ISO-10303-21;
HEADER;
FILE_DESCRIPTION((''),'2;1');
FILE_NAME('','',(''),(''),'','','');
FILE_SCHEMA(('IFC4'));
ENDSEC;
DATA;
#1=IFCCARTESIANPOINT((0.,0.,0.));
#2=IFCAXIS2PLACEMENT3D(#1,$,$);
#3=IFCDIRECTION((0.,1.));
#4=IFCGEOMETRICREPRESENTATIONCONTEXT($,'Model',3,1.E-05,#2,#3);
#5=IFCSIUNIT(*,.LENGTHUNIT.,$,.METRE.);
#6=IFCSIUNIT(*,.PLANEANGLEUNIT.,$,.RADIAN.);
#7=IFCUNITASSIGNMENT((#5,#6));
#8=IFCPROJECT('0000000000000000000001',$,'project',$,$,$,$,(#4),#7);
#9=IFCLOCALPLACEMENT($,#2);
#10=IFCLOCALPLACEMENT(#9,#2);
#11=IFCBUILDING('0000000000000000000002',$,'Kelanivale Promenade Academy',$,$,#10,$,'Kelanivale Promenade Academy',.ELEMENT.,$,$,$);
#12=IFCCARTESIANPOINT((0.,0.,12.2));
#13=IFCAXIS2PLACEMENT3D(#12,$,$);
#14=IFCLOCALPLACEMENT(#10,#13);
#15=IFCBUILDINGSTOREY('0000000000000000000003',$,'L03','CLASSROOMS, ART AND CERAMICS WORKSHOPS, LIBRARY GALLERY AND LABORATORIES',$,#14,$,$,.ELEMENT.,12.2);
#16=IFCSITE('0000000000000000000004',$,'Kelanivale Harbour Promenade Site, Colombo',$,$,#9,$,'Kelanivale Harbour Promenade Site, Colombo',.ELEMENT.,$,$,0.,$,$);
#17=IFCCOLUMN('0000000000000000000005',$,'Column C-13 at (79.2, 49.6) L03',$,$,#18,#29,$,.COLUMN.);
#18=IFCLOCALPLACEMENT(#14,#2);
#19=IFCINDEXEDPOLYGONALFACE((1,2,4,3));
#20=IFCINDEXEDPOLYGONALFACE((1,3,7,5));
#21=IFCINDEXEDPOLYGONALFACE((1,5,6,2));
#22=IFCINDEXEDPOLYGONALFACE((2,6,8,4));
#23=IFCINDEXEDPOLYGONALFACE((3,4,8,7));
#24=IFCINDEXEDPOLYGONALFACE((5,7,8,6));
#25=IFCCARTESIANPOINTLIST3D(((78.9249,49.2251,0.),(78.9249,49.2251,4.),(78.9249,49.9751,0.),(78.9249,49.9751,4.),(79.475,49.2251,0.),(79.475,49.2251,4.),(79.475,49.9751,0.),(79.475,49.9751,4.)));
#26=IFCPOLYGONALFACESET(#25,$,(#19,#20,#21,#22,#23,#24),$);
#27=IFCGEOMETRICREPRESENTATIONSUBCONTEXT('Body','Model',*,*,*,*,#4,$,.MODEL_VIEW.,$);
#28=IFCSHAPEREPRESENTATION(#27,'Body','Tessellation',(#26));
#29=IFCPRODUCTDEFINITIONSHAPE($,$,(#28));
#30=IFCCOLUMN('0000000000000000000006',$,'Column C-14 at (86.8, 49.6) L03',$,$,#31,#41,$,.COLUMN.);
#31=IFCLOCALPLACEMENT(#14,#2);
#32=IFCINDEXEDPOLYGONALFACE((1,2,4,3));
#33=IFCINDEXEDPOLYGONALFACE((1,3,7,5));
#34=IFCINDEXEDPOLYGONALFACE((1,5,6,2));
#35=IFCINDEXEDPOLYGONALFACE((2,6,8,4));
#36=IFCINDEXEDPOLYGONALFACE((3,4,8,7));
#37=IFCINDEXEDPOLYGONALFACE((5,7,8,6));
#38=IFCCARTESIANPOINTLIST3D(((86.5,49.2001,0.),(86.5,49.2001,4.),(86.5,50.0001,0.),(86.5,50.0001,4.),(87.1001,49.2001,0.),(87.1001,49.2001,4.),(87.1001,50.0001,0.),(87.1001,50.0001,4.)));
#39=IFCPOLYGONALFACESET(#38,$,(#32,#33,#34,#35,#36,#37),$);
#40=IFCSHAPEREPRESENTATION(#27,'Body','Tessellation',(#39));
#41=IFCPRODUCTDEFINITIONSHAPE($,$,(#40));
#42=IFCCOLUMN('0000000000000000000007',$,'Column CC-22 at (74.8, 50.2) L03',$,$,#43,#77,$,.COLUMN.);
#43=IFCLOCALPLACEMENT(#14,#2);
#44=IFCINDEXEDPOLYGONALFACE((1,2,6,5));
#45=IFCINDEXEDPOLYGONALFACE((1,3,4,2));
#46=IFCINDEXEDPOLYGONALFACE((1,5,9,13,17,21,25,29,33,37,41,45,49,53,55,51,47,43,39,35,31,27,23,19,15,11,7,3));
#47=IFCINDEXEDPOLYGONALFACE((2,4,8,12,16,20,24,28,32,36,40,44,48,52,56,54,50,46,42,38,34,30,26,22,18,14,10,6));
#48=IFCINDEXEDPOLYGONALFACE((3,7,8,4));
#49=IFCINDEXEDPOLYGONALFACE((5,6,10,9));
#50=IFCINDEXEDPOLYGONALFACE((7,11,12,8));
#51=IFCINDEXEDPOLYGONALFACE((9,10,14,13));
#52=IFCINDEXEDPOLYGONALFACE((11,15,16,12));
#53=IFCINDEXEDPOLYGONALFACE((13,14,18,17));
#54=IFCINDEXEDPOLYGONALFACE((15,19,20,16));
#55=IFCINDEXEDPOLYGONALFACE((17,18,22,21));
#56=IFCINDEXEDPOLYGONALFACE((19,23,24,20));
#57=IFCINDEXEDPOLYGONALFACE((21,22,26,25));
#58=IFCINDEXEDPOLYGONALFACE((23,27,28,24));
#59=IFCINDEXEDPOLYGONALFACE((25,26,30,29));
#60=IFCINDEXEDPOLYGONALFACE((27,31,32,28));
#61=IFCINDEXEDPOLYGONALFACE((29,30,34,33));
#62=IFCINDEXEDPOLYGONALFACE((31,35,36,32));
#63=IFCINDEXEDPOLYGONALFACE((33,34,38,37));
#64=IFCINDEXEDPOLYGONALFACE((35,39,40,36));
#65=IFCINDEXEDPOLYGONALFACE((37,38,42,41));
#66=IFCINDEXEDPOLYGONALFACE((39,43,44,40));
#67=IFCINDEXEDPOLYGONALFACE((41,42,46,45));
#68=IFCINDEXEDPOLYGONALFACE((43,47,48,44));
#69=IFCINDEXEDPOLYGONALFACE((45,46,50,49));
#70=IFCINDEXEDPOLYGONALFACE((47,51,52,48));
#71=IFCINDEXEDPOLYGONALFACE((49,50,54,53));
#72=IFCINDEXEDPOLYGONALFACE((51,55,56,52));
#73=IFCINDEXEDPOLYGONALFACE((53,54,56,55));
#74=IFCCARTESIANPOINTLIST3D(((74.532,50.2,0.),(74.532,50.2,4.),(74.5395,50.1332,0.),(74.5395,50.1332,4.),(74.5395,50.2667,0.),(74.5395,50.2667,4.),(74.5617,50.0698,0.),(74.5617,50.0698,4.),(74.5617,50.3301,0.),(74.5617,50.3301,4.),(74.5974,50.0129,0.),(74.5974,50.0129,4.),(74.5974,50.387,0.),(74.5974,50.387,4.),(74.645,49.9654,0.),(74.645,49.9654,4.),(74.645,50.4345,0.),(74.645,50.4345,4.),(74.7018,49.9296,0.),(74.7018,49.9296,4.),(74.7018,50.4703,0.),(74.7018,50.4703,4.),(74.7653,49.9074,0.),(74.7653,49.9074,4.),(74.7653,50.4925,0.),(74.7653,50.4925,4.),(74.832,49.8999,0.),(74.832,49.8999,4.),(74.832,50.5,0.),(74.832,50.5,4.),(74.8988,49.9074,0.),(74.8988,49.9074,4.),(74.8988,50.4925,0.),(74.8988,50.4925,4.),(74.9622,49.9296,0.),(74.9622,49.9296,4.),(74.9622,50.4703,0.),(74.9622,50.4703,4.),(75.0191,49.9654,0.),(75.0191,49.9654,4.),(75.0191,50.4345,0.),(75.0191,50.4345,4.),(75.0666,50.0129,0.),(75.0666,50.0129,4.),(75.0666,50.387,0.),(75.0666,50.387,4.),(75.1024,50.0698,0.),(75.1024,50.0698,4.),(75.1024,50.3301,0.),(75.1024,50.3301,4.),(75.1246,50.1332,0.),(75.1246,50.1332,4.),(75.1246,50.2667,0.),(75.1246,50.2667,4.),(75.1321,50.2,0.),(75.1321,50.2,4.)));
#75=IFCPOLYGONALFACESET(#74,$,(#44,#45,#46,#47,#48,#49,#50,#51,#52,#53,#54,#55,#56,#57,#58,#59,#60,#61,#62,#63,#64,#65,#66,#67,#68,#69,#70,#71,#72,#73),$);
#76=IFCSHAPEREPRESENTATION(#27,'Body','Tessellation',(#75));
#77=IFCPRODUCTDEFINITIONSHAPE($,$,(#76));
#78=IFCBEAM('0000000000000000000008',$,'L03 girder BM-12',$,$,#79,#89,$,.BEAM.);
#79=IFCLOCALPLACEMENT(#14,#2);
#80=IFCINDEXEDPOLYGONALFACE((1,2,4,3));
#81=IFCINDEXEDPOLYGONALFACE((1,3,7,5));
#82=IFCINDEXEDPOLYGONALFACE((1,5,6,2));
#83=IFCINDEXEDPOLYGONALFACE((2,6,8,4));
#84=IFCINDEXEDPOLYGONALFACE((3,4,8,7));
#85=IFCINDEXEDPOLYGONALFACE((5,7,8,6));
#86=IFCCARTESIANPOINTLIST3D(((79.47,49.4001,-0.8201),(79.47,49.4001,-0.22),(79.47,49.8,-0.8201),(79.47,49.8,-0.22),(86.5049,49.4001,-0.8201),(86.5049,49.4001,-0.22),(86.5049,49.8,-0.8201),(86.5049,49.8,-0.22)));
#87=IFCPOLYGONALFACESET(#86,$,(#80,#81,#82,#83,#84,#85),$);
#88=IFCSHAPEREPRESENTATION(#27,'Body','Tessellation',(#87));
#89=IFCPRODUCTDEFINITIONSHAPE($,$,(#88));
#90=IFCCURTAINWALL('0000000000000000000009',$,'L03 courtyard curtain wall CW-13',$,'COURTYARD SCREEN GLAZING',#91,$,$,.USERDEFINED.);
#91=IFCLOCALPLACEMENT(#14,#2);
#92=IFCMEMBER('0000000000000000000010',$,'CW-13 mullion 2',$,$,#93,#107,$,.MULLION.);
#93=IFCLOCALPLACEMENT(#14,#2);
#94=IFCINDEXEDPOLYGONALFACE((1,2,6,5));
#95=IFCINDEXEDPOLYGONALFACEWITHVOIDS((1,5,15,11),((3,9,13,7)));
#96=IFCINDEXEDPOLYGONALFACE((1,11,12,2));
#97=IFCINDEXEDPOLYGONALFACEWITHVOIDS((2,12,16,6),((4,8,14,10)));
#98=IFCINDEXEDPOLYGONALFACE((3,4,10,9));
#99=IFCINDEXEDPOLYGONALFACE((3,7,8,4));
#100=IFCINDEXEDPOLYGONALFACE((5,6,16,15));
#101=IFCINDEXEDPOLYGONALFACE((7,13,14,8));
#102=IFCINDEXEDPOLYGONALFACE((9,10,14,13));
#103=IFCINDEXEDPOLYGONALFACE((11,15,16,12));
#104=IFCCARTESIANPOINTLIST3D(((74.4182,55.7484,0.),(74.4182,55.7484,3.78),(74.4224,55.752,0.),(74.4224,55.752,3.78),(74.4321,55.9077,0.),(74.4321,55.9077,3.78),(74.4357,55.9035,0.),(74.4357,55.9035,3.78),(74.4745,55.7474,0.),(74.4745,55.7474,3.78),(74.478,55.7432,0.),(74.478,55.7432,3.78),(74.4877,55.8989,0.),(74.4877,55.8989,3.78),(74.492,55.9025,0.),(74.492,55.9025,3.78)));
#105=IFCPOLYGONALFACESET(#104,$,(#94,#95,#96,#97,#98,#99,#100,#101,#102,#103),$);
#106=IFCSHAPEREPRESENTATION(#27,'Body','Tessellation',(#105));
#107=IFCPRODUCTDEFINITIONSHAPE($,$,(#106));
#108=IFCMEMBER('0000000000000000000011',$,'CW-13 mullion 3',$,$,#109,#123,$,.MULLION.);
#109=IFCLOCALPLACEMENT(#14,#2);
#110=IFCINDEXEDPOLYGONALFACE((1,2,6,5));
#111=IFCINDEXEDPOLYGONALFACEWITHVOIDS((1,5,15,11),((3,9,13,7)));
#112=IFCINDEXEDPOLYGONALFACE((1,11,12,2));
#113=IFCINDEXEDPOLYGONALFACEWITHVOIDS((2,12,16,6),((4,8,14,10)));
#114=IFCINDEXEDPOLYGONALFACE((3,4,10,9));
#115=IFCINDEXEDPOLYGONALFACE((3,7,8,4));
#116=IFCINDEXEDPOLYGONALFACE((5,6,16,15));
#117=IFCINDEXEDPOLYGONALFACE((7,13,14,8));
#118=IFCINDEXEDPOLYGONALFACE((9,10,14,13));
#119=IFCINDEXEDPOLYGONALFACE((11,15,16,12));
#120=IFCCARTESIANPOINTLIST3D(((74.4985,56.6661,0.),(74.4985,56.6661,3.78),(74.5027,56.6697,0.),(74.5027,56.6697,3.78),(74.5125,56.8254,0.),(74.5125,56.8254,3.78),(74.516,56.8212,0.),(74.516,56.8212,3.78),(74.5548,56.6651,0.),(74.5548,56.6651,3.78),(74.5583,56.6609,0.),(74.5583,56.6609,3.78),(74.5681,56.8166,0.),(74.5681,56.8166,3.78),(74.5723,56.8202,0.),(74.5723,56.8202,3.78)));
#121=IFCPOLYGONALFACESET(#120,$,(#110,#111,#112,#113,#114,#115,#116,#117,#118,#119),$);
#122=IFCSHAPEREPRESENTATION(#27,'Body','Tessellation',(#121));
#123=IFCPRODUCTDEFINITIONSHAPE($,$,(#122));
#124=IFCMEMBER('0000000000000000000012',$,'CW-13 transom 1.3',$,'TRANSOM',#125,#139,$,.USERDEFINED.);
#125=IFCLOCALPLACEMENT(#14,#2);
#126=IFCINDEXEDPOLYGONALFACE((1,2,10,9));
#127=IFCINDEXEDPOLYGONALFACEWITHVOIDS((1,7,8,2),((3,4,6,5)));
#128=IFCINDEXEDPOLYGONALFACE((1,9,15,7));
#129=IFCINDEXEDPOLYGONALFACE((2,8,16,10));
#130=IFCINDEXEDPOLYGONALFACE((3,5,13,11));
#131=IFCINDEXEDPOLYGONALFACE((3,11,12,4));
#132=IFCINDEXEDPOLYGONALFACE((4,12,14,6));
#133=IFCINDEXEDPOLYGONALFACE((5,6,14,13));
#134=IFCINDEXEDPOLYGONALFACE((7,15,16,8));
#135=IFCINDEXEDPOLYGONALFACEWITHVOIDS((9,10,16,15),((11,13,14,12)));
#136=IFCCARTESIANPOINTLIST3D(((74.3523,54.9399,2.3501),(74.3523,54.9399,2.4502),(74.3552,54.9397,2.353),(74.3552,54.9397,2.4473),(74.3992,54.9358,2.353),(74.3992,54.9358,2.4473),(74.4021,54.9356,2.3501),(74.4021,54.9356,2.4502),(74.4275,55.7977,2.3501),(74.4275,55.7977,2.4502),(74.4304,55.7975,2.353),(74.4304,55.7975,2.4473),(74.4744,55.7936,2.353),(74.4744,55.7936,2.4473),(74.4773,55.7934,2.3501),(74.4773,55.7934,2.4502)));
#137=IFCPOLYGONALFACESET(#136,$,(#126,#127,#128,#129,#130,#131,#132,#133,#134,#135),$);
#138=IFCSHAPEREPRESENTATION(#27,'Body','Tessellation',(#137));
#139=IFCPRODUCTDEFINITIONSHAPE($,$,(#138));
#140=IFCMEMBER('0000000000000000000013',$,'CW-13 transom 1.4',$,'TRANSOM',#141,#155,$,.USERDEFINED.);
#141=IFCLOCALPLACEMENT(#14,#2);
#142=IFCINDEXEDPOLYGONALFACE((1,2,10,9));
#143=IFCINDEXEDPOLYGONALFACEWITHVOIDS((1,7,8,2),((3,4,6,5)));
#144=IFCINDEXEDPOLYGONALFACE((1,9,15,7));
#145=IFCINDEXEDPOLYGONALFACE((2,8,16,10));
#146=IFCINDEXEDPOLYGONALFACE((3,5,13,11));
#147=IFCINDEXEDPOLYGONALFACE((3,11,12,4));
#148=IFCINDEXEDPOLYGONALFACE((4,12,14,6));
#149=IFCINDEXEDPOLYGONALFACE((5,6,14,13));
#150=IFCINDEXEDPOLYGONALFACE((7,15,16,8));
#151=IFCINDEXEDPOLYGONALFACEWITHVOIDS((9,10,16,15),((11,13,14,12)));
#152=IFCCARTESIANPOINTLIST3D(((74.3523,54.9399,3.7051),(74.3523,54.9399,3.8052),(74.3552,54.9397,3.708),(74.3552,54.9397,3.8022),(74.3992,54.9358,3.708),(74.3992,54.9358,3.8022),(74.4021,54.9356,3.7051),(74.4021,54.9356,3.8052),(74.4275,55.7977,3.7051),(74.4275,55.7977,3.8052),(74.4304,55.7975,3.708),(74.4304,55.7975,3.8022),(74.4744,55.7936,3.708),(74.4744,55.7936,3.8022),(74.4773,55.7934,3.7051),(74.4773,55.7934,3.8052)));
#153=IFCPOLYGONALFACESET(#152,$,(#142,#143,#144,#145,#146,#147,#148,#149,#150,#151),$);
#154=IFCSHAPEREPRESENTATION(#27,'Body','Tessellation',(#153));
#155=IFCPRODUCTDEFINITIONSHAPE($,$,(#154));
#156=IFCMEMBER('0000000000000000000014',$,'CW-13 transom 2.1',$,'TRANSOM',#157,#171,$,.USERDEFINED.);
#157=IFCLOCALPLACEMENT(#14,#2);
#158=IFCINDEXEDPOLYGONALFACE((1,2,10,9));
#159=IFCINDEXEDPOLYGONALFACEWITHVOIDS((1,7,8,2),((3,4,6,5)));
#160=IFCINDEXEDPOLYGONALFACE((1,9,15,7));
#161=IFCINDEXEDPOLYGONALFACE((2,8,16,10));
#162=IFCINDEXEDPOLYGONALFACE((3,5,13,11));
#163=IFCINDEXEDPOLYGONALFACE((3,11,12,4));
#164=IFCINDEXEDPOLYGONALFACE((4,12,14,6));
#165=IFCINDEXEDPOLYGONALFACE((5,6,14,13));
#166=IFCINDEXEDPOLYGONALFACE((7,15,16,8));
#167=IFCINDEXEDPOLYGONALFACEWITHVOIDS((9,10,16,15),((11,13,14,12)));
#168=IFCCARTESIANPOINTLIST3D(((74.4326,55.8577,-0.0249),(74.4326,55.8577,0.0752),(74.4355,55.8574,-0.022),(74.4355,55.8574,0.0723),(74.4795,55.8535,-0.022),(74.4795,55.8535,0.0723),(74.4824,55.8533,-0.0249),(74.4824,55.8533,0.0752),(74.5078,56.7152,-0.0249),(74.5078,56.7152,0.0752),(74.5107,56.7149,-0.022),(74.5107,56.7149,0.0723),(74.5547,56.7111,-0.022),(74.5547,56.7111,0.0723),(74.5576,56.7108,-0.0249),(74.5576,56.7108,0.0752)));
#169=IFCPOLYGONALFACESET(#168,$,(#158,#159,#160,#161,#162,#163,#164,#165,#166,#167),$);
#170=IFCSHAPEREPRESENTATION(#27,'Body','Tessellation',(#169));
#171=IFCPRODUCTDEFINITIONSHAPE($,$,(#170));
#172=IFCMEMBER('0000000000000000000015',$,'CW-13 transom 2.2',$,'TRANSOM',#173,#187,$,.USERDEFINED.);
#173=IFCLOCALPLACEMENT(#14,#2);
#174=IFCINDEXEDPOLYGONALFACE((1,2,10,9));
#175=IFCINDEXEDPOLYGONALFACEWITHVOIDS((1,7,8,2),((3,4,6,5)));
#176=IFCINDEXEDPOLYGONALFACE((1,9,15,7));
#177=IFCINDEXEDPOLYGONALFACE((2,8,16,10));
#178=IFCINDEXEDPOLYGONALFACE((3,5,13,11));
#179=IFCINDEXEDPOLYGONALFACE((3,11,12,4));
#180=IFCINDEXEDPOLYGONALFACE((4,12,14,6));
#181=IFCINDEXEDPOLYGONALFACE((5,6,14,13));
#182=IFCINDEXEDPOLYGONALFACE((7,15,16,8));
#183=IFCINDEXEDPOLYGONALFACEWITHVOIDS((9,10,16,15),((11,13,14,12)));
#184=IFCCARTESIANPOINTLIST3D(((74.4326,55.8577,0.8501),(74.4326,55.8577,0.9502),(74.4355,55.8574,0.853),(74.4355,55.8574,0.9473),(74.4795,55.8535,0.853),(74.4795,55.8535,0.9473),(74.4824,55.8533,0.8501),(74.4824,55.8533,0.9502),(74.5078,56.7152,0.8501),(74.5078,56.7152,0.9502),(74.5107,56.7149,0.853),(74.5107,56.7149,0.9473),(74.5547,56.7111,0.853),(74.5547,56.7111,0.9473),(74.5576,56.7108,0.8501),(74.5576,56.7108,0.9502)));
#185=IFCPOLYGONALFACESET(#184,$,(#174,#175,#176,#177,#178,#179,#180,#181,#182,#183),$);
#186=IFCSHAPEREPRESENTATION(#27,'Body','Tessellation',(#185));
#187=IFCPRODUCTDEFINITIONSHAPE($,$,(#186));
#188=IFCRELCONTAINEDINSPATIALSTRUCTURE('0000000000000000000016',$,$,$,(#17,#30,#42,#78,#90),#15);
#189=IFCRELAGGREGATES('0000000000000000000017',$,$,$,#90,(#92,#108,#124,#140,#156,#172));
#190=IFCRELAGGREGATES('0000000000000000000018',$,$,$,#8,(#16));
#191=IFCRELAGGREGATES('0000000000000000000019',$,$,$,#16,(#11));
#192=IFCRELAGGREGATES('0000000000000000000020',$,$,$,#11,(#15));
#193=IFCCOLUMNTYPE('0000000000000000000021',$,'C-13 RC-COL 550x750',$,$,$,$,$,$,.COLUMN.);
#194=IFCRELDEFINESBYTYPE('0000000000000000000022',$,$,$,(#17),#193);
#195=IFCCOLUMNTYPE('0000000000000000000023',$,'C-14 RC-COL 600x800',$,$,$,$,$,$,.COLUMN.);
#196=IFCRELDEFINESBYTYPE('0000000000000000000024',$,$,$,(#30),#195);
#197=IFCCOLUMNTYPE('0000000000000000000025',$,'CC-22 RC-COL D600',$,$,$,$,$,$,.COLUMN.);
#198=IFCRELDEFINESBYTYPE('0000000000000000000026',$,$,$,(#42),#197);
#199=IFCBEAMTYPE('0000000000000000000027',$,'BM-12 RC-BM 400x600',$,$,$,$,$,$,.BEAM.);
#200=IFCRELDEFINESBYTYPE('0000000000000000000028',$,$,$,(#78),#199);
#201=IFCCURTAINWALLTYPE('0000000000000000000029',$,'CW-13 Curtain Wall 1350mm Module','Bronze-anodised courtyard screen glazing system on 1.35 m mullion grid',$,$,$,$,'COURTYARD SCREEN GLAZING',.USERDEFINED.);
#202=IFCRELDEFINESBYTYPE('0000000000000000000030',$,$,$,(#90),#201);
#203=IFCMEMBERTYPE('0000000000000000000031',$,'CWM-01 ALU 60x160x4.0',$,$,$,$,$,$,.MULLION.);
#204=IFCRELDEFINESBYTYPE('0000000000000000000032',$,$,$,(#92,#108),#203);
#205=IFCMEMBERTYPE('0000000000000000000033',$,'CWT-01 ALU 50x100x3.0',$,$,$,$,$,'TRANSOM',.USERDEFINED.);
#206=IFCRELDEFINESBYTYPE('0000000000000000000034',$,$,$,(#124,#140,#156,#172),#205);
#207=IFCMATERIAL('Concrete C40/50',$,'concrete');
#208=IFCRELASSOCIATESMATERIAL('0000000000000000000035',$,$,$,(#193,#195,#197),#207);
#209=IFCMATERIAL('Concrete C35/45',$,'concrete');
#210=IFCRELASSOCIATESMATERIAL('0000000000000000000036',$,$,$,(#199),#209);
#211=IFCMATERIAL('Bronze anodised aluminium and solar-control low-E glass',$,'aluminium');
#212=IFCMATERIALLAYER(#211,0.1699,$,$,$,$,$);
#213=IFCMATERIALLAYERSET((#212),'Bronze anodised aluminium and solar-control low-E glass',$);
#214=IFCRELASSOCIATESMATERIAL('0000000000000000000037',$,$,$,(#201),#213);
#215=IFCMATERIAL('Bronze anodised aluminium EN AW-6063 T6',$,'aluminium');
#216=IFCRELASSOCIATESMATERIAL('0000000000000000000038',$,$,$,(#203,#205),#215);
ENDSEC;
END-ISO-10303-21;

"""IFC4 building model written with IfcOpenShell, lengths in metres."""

from ifc_helpers import new_model, si_unit, direction, frame, origin, origin_2d, place, context, subcontext, project, spatial, rectangle, hollow_rectangle, circle, extrude, material, layer, layer_set, material_profile, profile_set, type_object, element, aggregate, save


model = new_model("IFC4")

# Units and contexts
model_context = context("Model", 3, precision=1e-05, world=origin(), true_north=direction((0.0, 1.0)))
body_context = subcontext(model_context, "Body", "Model", "MODEL_VIEW")
ifc_project = project(units=[si_unit("LENGTHUNIT", "METRE"), si_unit("PLANEANGLEUNIT", "RADIAN")], contexts=[model_context])

# Site, building, storey
site_placement = place(None, origin())
site = spatial("IfcSite", under=ifc_project, at=site_placement, Name="Kelanivale Harbour Promenade Site, Colombo", LongName="Kelanivale Harbour Promenade Site, Colombo", CompositionType="ELEMENT", RefElevation=0.0)
building_placement = place(site_placement, origin())
building = spatial("IfcBuilding", under=site, at=building_placement, Name="Kelanivale Promenade Academy", LongName="Kelanivale Promenade Academy", CompositionType="ELEMENT")
storey_placement = place(building_placement, frame((0.0, 0.0, 12.2)))
storey = spatial("IfcBuildingStorey", under=building, at=storey_placement, Name="L03", Description="CLASSROOMS, ART AND CERAMICS WORKSHOPS, LIBRARY GALLERY AND LABORATORIES", CompositionType="ELEMENT", Elevation=12.2)

# Columns
ifc_material_1 = material(Name="Concrete C40/50", Category="concrete")
ifc_material_profile_1 = material_profile(ifc_material_1, rectangle(XDim=0.55, YDim=0.75, at=origin_2d()), Name="RC-COL 550x750")
ifc_profile_set_1 = profile_set([ifc_material_profile_1], Name="Concrete C40/50")
column_type_1 = type_object("IfcColumnType", Name="C-13 RC-COL 550x750", PredefinedType="COLUMN", material=ifc_profile_set_1)
column_1_placement = place(storey_placement, frame((79.2, 49.6001, 0.0), z_axis=(0.0, 0.0, 1.0), x_axis=(1.0, 0.0, 0.0)))
element("IfcColumn", 1, at=column_1_placement, inside=storey, type_object=column_type_1, Name="Column C-13 at (79.2, 49.6) L03", PredefinedType="COLUMN", context=body_context, shape_type="SweptSolid", body=[
    extrude(rectangle(XDim=0.55, YDim=0.75, at=origin_2d()), origin(), (0.0, 0.0, 1.0), 4.0),
])
ifc_material_profile_2 = material_profile(ifc_material_1, rectangle(XDim=0.6001, YDim=0.8, at=origin_2d()), Name="RC-COL 600x800")
ifc_profile_set_2 = profile_set([ifc_material_profile_2], Name="Concrete C40/50")
column_type_2 = type_object("IfcColumnType", Name="C-14 RC-COL 600x800", PredefinedType="COLUMN", material=ifc_profile_set_2)
column_2_placement = place(storey_placement, frame((86.8, 49.6001, 0.0), z_axis=(0.0, 0.0, 1.0), x_axis=(1.0, 0.0, 0.0)))
element("IfcColumn", 2, at=column_2_placement, inside=storey, type_object=column_type_2, Name="Column C-14 at (86.8, 49.6) L03", PredefinedType="COLUMN", context=body_context, shape_type="SweptSolid", body=[
    extrude(rectangle(XDim=0.6001, YDim=0.8, at=origin_2d()), origin(), (0.0, 0.0, 1.0), 4.0),
])
ifc_material_profile_3 = material_profile(ifc_material_1, circle(Radius=0.3, at=origin_2d()), Name="RC-COL D600")
ifc_profile_set_3 = profile_set([ifc_material_profile_3], Name="Concrete C40/50")
column_type_3 = type_object("IfcColumnType", Name="CC-22 RC-COL D600", PredefinedType="COLUMN", material=ifc_profile_set_3)
column_3_placement = place(storey_placement, frame((74.832, 50.2, 0.0), z_axis=(0.0, 0.0, 1.0), x_axis=(1.0, 0.0, 0.0)))
element("IfcColumn", 3, at=column_3_placement, inside=storey, type_object=column_type_3, Name="Column CC-22 at (74.8, 50.2) L03", PredefinedType="COLUMN", context=body_context, shape_type="SweptSolid", body=[
    extrude(circle(Radius=0.3, at=origin_2d()), origin(), (0.0, 0.0, 1.0), 4.0),
])

# Beam
ifc_material_2 = material(Name="Concrete C35/45", Category="concrete")
ifc_material_profile_4 = material_profile(ifc_material_2, rectangle(XDim=0.3999, YDim=0.6001, at=origin_2d()), Name="RC-BM 400x600")
ifc_profile_set_4 = profile_set([ifc_material_profile_4], Name="Concrete C35/45")
beam_type_1 = type_object("IfcBeamType", Name="BM-12 RC-BM 400x600", PredefinedType="BEAM", material=ifc_profile_set_4)
beam_1_placement = place(storey_placement, frame((79.47, 49.6001, -0.52), z_axis=(1.0, 0.0, 0.0), x_axis=(0.0, 1.0, 0.0)))
element("IfcBeam", 4, at=beam_1_placement, inside=storey, type_object=beam_type_1, Name="L03 girder BM-12", PredefinedType="BEAM", context=body_context, shape_type="SweptSolid", body=[
    extrude(rectangle(XDim=0.3999, YDim=0.6001, at=origin_2d()), origin(), (0.0, 0.0, 1.0), 7.0349),
])

# Curtain wall, members
ifc_material_3 = material(Name="Bronze anodised aluminium and solar-control low-E glass", Category="aluminium")
ifc_layer_1 = layer(ifc_material_3, 0.1699)
ifc_layer_set_1 = layer_set([ifc_layer_1], Name="Bronze anodised aluminium and solar-control low-E glass")
curtain_wall_type = type_object("IfcCurtainWallType", Name="CW-13 Curtain Wall 1350mm Module", Description="Bronze-anodised courtyard screen glazing system on 1.35 m mullion grid", ElementType="COURTYARD SCREEN GLAZING", PredefinedType="USERDEFINED", material=ifc_layer_set_1)
curtain_wall_placement = place(storey_placement, origin())
curtain_wall = element("IfcCurtainWall", 5, at=curtain_wall_placement, inside=storey, type_object=curtain_wall_type, Name="L03 courtyard curtain wall CW-13", ObjectType="COURTYARD SCREEN GLAZING", PredefinedType="USERDEFINED")
ifc_material_4 = material(Name="Bronze anodised aluminium EN AW-6063 T6", Category="aluminium")
ifc_material_profile_5 = material_profile(ifc_material_4, hollow_rectangle(XDim=0.0601, YDim=0.1599, WallThickness=0.0039, at=origin_2d()), Name="ALU 60x160x4.0")
ifc_profile_set_5 = profile_set([ifc_material_profile_5], Name="Bronze anodised aluminium EN AW-6063 T6")
member_type_1 = type_object("IfcMemberType", Name="CWM-01 ALU 60x160x4.0", PredefinedType="MULLION", material=ifc_profile_set_5)
member_1_placement = place(storey_placement, frame((74.4551, 55.8254, 0.0), z_axis=(0.0, 0.0, 1.0), x_axis=(-0.996185, 0.087265, 0.0)))
member_1 = element("IfcMember", 6, at=member_1_placement, type_object=member_type_1, Name="CW-13 mullion 2", PredefinedType="MULLION", context=body_context, shape_type="SweptSolid", body=[
    extrude(hollow_rectangle(XDim=0.0601, YDim=0.1599, WallThickness=0.0039, at=origin_2d()), origin(), (0.0, 0.0, 1.0), 3.78),
])
member_2_placement = place(storey_placement, frame((74.5354, 56.7432, 0.0), z_axis=(0.0, 0.0, 1.0), x_axis=(-0.996185, 0.087265, 0.0)))
member_2 = element("IfcMember", 7, at=member_2_placement, type_object=member_type_1, Name="CW-13 mullion 3", PredefinedType="MULLION", context=body_context, shape_type="SweptSolid", body=[
    extrude(hollow_rectangle(XDim=0.0601, YDim=0.1599, WallThickness=0.0039, at=origin_2d()), origin(), (0.0, 0.0, 1.0), 3.78),
])
ifc_material_profile_6 = material_profile(ifc_material_4, hollow_rectangle(XDim=0.05, YDim=0.1001, WallThickness=0.0029, at=origin_2d()), Name="ALU 50x100x3.0")
ifc_profile_set_6 = profile_set([ifc_material_profile_6], Name="Bronze anodised aluminium EN AW-6063 T6")
member_type_2 = type_object("IfcMemberType", Name="CWT-01 ALU 50x100x3.0", ElementType="TRANSOM", PredefinedType="USERDEFINED", material=ifc_profile_set_6)
member_3_placement = place(storey_placement, frame((74.3772, 54.9377, 2.4001), z_axis=(0.087315, 0.996181, 0.0), x_axis=(-0.996181, 0.087315, 0.0)))
member_3 = element("IfcMember", 8, at=member_3_placement, type_object=member_type_2, Name="CW-13 transom 1.3", ObjectType="TRANSOM", PredefinedType="USERDEFINED", context=body_context, shape_type="SweptSolid", body=[
    extrude(hollow_rectangle(XDim=0.05, YDim=0.1001, WallThickness=0.0029, at=origin_2d()), origin(), (0.0, 0.0, 1.0), 0.8611),
])
member_4_placement = place(storey_placement, frame((74.3772, 54.9377, 3.7551), z_axis=(0.087315, 0.996181, 0.0), x_axis=(-0.996181, 0.087315, 0.0)))
member_4 = element("IfcMember", 9, at=member_4_placement, type_object=member_type_2, Name="CW-13 transom 1.4", ObjectType="TRANSOM", PredefinedType="USERDEFINED", context=body_context, shape_type="SweptSolid", body=[
    extrude(hollow_rectangle(XDim=0.05, YDim=0.1001, WallThickness=0.0029, at=origin_2d()), origin(), (0.0, 0.0, 1.0), 0.8611),
])
member_5_placement = place(storey_placement, frame((74.4575, 55.8555, 0.0251), z_axis=(0.087339, 0.996179, 0.0), x_axis=(-0.996179, 0.087339, 0.0)))
member_5 = element("IfcMember", 10, at=member_5_placement, type_object=member_type_2, Name="CW-13 transom 2.1", ObjectType="TRANSOM", PredefinedType="USERDEFINED", context=body_context, shape_type="SweptSolid", body=[
    extrude(hollow_rectangle(XDim=0.05, YDim=0.1001, WallThickness=0.0029, at=origin_2d()), origin(), (0.0, 0.0, 1.0), 0.8608),
])
member_6_placement = place(storey_placement, frame((74.4575, 55.8555, 0.9001), z_axis=(0.087339, 0.996179, 0.0), x_axis=(-0.996179, 0.087339, 0.0)))
member_6 = element("IfcMember", 11, at=member_6_placement, type_object=member_type_2, Name="CW-13 transom 2.2", ObjectType="TRANSOM", PredefinedType="USERDEFINED", context=body_context, shape_type="SweptSolid", body=[
    extrude(hollow_rectangle(XDim=0.05, YDim=0.1001, WallThickness=0.0029, at=origin_2d()), origin(), (0.0, 0.0, 1.0), 0.8608),
])

aggregate(curtain_wall, [member_1, member_2, member_3, member_4, member_5, member_6])

save(model, "model.ifc")
